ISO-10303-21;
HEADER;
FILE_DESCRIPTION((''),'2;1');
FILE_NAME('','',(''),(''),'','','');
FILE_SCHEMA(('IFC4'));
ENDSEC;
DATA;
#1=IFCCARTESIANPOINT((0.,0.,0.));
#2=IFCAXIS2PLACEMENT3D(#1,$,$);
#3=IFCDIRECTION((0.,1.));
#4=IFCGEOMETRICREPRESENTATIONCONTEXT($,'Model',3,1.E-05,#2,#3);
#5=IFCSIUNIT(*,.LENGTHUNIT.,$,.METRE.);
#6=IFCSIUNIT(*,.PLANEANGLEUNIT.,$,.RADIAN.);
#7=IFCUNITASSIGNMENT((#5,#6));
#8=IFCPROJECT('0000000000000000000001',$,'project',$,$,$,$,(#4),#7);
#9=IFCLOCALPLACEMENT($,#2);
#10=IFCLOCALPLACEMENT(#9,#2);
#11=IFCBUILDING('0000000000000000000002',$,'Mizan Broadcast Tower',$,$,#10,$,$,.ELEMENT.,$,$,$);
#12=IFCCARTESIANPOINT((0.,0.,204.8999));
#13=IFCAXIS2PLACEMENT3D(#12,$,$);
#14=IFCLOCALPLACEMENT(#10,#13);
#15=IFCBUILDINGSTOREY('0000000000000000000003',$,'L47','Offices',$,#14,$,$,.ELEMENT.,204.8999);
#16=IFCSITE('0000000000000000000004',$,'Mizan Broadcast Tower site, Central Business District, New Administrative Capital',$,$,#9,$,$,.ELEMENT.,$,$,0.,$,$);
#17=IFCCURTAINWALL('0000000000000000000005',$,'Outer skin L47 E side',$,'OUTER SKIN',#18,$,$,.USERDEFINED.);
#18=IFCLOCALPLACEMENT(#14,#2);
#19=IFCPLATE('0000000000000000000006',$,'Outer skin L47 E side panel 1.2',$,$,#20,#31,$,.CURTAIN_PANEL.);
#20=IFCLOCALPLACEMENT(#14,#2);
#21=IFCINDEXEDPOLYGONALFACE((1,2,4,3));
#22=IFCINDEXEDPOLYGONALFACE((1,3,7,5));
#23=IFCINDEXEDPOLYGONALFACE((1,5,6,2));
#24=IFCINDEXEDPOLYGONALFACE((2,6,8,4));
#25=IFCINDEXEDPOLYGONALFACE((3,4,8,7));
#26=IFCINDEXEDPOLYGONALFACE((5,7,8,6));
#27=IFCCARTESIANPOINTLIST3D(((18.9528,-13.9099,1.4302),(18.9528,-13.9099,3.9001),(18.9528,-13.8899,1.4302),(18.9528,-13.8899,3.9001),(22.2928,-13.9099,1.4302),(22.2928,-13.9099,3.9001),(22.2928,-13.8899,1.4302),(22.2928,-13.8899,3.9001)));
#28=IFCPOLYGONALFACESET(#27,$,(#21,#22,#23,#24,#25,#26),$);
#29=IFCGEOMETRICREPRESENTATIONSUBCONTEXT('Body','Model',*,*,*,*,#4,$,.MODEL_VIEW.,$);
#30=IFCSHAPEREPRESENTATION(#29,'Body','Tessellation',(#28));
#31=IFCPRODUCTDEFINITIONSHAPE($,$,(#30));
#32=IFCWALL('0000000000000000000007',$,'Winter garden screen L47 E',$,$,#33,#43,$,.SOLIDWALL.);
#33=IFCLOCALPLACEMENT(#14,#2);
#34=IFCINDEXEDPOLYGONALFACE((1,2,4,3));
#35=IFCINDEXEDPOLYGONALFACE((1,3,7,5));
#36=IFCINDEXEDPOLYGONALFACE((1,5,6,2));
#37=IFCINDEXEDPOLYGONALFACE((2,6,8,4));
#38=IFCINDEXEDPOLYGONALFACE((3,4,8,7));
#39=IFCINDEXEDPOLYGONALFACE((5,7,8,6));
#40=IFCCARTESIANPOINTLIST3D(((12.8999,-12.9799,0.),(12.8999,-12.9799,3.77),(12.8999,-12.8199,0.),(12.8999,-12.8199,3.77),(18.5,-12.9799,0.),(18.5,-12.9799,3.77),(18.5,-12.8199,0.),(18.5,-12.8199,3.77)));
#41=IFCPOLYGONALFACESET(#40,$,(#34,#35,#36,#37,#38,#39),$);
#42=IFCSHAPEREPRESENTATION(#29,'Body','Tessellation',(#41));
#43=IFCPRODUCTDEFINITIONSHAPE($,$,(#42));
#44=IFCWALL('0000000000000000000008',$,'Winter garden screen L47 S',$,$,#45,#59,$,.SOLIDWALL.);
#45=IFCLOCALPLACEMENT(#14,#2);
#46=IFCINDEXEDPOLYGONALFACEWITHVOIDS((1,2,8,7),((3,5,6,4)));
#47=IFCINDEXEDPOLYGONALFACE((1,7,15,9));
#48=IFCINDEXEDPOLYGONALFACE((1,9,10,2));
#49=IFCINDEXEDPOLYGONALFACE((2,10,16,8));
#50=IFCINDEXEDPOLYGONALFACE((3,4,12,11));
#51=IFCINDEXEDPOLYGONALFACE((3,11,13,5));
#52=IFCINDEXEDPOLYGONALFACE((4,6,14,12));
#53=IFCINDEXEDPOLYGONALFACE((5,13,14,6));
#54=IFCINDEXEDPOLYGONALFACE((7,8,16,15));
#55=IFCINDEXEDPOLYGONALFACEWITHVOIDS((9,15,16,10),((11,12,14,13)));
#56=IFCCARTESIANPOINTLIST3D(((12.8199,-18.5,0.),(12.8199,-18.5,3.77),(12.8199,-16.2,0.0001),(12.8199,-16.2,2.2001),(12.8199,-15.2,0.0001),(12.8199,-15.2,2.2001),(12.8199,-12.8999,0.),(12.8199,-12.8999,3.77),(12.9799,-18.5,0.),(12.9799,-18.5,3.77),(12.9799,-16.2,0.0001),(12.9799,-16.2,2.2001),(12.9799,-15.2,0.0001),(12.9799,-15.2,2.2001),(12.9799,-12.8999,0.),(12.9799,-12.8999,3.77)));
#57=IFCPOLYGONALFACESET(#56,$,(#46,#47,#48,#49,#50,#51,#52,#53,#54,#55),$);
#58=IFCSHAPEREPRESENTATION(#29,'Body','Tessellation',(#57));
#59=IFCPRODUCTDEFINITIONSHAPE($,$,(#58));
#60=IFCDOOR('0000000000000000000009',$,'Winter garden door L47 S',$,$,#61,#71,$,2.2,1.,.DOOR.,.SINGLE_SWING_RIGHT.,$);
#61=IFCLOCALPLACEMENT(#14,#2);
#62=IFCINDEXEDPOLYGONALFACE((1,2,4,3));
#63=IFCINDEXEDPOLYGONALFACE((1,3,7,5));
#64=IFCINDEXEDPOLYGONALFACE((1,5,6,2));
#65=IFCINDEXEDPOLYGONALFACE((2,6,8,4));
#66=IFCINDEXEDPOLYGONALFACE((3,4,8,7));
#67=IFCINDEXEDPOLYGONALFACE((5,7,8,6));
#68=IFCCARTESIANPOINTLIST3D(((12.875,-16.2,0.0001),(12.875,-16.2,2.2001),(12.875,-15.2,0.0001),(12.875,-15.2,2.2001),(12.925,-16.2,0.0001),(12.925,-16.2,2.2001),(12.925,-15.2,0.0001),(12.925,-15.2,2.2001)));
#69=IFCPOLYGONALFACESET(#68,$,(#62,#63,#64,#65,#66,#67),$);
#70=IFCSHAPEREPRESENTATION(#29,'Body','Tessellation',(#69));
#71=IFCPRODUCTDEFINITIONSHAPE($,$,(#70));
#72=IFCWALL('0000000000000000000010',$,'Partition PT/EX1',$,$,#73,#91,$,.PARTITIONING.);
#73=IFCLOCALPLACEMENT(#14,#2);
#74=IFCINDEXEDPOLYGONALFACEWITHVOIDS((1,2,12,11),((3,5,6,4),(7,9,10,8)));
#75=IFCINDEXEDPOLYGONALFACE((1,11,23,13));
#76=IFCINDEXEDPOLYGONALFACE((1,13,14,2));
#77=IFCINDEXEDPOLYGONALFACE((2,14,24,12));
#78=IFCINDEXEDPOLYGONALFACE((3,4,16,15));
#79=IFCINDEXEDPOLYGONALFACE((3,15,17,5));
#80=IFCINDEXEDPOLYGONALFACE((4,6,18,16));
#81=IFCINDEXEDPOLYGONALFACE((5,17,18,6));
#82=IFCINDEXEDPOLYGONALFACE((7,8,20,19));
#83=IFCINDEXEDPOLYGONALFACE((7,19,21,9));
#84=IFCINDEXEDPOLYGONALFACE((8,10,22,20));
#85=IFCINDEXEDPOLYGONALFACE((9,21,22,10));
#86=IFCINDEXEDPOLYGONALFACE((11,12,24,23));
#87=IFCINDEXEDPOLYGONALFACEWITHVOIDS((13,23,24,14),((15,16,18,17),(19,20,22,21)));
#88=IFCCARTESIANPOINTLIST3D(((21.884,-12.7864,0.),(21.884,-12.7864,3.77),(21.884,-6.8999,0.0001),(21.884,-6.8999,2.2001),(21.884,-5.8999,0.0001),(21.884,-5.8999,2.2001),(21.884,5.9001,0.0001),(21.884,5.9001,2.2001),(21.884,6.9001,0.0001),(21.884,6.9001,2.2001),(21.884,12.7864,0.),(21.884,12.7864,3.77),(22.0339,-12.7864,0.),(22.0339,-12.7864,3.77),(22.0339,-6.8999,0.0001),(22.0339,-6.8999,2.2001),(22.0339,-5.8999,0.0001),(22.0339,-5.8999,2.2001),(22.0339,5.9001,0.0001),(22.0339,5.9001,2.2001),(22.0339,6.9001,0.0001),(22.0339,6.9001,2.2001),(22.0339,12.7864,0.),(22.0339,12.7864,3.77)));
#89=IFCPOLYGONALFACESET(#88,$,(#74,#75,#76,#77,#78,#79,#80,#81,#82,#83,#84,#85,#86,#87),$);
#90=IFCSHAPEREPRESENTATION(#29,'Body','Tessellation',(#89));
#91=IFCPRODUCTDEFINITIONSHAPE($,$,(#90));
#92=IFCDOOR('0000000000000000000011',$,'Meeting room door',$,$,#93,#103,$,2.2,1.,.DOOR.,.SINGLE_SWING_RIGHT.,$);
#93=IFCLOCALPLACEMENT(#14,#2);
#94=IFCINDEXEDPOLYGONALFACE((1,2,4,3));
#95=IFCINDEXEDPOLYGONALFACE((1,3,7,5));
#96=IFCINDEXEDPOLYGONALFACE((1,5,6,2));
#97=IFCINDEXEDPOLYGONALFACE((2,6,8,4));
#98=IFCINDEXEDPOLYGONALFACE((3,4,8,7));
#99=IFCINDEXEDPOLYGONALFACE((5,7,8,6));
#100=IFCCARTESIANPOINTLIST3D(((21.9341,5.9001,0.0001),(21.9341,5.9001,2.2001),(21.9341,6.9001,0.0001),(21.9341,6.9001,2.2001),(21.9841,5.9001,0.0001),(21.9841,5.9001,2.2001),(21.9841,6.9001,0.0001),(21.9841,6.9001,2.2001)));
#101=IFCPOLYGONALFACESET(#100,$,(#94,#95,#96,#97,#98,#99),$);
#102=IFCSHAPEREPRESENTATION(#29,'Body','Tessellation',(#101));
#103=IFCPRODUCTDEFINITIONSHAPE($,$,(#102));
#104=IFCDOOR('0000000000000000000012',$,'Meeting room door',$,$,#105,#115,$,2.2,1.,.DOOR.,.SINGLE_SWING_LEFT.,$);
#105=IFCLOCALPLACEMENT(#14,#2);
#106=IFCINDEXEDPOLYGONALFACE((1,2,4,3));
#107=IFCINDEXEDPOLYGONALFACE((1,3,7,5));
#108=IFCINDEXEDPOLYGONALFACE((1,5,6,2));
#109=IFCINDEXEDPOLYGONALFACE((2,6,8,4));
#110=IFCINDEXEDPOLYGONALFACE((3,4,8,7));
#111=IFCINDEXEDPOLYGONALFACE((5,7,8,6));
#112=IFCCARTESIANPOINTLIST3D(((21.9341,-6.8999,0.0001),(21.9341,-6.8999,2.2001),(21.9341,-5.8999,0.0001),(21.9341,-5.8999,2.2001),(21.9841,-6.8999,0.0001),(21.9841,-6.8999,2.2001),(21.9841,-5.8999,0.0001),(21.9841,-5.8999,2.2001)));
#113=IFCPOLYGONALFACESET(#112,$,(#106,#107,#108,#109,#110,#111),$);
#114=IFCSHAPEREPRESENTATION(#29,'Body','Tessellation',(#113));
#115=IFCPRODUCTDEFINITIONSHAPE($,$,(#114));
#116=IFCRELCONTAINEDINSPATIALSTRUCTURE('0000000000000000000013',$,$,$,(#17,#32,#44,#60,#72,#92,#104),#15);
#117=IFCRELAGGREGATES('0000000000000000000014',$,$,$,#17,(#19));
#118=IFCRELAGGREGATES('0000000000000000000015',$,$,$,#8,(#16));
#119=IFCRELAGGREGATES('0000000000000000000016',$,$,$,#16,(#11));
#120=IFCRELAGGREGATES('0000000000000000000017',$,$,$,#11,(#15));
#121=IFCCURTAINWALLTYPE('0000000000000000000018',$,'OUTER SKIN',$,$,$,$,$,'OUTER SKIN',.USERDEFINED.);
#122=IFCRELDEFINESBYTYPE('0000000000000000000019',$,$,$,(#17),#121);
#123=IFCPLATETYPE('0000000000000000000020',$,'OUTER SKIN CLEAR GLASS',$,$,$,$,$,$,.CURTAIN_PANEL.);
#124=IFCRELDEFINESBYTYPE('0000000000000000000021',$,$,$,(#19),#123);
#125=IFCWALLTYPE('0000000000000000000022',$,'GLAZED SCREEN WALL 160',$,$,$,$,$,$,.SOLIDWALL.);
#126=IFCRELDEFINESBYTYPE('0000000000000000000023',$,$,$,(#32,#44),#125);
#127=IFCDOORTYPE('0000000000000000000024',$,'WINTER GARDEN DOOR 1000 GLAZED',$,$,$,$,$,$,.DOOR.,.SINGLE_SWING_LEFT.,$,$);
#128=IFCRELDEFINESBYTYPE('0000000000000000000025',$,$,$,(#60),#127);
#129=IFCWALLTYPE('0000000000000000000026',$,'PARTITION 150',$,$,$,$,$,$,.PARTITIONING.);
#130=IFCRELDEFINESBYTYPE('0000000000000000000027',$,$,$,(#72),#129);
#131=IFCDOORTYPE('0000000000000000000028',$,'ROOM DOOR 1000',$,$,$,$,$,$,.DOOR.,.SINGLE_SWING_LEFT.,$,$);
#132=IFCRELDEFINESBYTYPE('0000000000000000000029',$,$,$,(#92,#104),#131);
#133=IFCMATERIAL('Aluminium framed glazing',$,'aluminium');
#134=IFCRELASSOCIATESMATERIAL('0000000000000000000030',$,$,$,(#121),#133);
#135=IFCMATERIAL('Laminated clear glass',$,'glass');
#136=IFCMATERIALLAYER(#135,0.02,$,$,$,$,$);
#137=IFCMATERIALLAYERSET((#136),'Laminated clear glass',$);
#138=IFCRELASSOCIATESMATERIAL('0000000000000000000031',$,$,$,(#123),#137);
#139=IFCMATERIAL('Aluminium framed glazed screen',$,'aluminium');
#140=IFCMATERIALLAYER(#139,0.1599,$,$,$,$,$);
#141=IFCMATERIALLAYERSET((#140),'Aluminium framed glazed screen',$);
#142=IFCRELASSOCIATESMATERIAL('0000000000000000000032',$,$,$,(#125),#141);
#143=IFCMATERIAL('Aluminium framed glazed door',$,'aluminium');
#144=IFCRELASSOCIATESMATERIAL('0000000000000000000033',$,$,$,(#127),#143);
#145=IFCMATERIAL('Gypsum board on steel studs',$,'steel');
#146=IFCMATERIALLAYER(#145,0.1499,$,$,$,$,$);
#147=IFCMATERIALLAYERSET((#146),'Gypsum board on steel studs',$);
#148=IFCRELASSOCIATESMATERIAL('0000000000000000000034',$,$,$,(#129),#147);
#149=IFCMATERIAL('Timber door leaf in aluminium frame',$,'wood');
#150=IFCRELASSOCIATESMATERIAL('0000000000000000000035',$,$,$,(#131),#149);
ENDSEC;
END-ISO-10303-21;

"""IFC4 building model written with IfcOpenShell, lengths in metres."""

from ifc_helpers import new_model, si_unit, direction, frame, frame_2d, origin, origin_2d, place, context, subcontext, project, spatial, rectangle, extrude, material, layer, layer_set, type_object, element, fill, aggregate, save


model = new_model("IFC4")

# Units and contexts
model_context = context("Model", 3, precision=1e-05, world=origin(), true_north=direction((0.0, 1.0)))
body_context = subcontext(model_context, "Body", "Model", "MODEL_VIEW")
ifc_project = project(units=[si_unit("LENGTHUNIT", "METRE"), si_unit("PLANEANGLEUNIT", "RADIAN")], contexts=[model_context])

# Site, building, storey
site_placement = place(None, origin())
site = spatial("IfcSite", under=ifc_project, at=site_placement, Name="Mizan Broadcast Tower site, Central Business District, New Administrative Capital", CompositionType="ELEMENT", RefElevation=0.0)
building_placement = place(site_placement, origin())
building = spatial("IfcBuilding", under=site, at=building_placement, Name="Mizan Broadcast Tower", CompositionType="ELEMENT")
storey_placement = place(building_placement, frame((0.0, 0.0, 204.8999)))
storey = spatial("IfcBuildingStorey", under=building, at=storey_placement, Name="L47", Description="Offices", CompositionType="ELEMENT", Elevation=204.8999)

# Curtain wall
ifc_material_1 = material(Name="Aluminium framed glazing", Category="aluminium")
curtain_wall_type_1 = type_object("IfcCurtainWallType", Name="OUTER SKIN", ElementType="OUTER SKIN", PredefinedType="USERDEFINED", material=ifc_material_1)
curtain_wall_1_placement = place(storey_placement, origin())
curtain_wall_1 = element("IfcCurtainWall", 1, at=curtain_wall_1_placement, inside=storey, type_object=curtain_wall_type_1, Name="Outer skin L47 E side", ObjectType="OUTER SKIN", PredefinedType="USERDEFINED")

# Plate
ifc_material_2 = material(Name="Laminated clear glass", Category="glass")
ifc_layer_1 = layer(ifc_material_2, 0.02)
ifc_layer_set_1 = layer_set([ifc_layer_1], Name="Laminated clear glass")
plate_type_1 = type_object("IfcPlateType", Name="OUTER SKIN CLEAR GLASS", PredefinedType="CURTAIN_PANEL", material=ifc_layer_set_1)
plate_1_placement = place(storey_placement, frame((20.6228, -13.8999, 1.4302), z_axis=(0.0, 0.0, 1.0), x_axis=(1.0, 0.0, 0.0)))
plate_1 = element("IfcPlate", 2, at=plate_1_placement, type_object=plate_type_1, Name="Outer skin L47 E side panel 1.2", PredefinedType="CURTAIN_PANEL", context=body_context, shape_type="SweptSolid", body=[
    extrude(rectangle(XDim=3.3401, YDim=0.02, at=origin_2d()), origin(), (0.0, 0.0, 1.0), 2.47),
])
aggregate(curtain_wall_1, [plate_1])

# Wall
ifc_material_3 = material(Name="Aluminium framed glazed screen", Category="aluminium")
ifc_layer_2 = layer(ifc_material_3, 0.1599)
ifc_layer_set_2 = layer_set([ifc_layer_2], Name="Aluminium framed glazed screen")
wall_type_1 = type_object("IfcWallType", Name="GLAZED SCREEN WALL 160", PredefinedType="SOLIDWALL", material=ifc_layer_set_2)
wall_1_placement = place(storey_placement, frame((12.8999, -12.8999, 0.0), z_axis=(0.0, 0.0, 1.0), x_axis=(1.0, 0.0, 0.0)))
element("IfcWall", 3, at=wall_1_placement, inside=storey, type_object=wall_type_1, Name="Winter garden screen L47 E", PredefinedType="SOLIDWALL", context=body_context, shape_type="SweptSolid", body=[
    extrude(rectangle(XDim=5.6001, YDim=0.1599, at=frame_2d((2.8, 0.0))), origin(), (0.0, 0.0, 1.0), 3.77),
])

# Wall, opening, door
wall_2_placement = place(storey_placement, frame((12.8999, -18.5, 0.0), z_axis=(0.0, 0.0, 1.0), x_axis=(0.0, 1.0, 0.0)))
wall_2 = element("IfcWall", 4, at=wall_2_placement, inside=storey, type_object=wall_type_1, Name="Winter garden screen L47 S", PredefinedType="SOLIDWALL", context=body_context, shape_type="SweptSolid", body=[
    extrude(rectangle(XDim=5.6001, YDim=0.1599, at=frame_2d((2.8, 0.0))), origin(), (0.0, 0.0, 1.0), 3.77),
])
opening_1_placement = place(wall_2_placement, frame((2.3, 0.0, 0.0)))
opening_1 = element("IfcOpeningElement", 5, at=opening_1_placement, cuts=wall_2, PredefinedType="OPENING", context=body_context, shape_type="SweptSolid", body=[
    extrude(rectangle(XDim=1.0, YDim=2.2, at=frame_2d((0.5, 1.1001))), frame((0.0, 0.0898, 0.0), z_axis=(0.0, -1.0, 0.0), x_axis=(1.0, 0.0, 0.0)), (0.0, 0.0, 1.0), 0.1799),
])
ifc_material_4 = material(Name="Aluminium framed glazed door", Category="aluminium")
door_type_1 = type_object("IfcDoorType", Name="WINTER GARDEN DOOR 1000 GLAZED", OperationType="SINGLE_SWING_LEFT", PredefinedType="DOOR", material=ifc_material_4)
door_1_placement = place(opening_1_placement, origin())
door_1 = element("IfcDoor", 6, at=door_1_placement, inside=storey, type_object=door_type_1, Name="Winter garden door L47 S", OperationType="SINGLE_SWING_RIGHT", OverallHeight=2.2, OverallWidth=1.0, PredefinedType="DOOR", context=body_context, shape_type="SweptSolid", body=[
    extrude(rectangle(XDim=1.0, YDim=2.2, at=frame_2d((0.5, 1.1001))), frame((0.0, 0.0249, 0.0), z_axis=(0.0, -1.0, 0.0), x_axis=(1.0, 0.0, 0.0)), (0.0, 0.0, 1.0), 0.05),
])
fill(opening_1, door_1)

# Wall, openings, doors
ifc_material_5 = material(Name="Gypsum board on steel studs", Category="steel")
ifc_layer_3 = layer(ifc_material_5, 0.1499)
ifc_layer_set_3 = layer_set([ifc_layer_3], Name="Gypsum board on steel studs")
wall_type_2 = type_object("IfcWallType", Name="PARTITION 150", PredefinedType="PARTITIONING", material=ifc_layer_set_3)
wall_3_placement = place(storey_placement, frame((21.959, -12.7864, 0.0), z_axis=(0.0, 0.0, 1.0), x_axis=(0.0, 1.0, 0.0)))
wall_3 = element("IfcWall", 7, at=wall_3_placement, inside=storey, type_object=wall_type_2, Name="Partition PT/EX1", PredefinedType="PARTITIONING", context=body_context, shape_type="SweptSolid", body=[
    extrude(rectangle(XDim=25.5728, YDim=0.1499, at=frame_2d((12.7864, 0.0))), origin(), (0.0, 0.0, 1.0), 3.77),
])
opening_2_placement = place(wall_3_placement, frame((18.6865, 0.0, 0.0)))
opening_2 = element("IfcOpeningElement", 8, at=opening_2_placement, cuts=wall_3, PredefinedType="OPENING", context=body_context, shape_type="SweptSolid", body=[
    extrude(rectangle(XDim=1.0, YDim=2.2, at=frame_2d((0.5, 1.1001))), frame((0.0, 0.085, 0.0), z_axis=(0.0, -1.0, 0.0), x_axis=(1.0, 0.0, 0.0)), (0.0, 0.0, 1.0), 0.1699),
])
opening_3_placement = place(wall_3_placement, frame((5.8865, 0.0, 0.0)))
opening_3 = element("IfcOpeningElement", 9, at=opening_3_placement, cuts=wall_3, PredefinedType="OPENING", context=body_context, shape_type="SweptSolid", body=[
    extrude(rectangle(XDim=1.0, YDim=2.2, at=frame_2d((0.5, 1.1001))), frame((0.0, 0.085, 0.0), z_axis=(0.0, -1.0, 0.0), x_axis=(1.0, 0.0, 0.0)), (0.0, 0.0, 1.0), 0.1699),
])
ifc_material_6 = material(Name="Timber door leaf in aluminium frame", Category="wood")
door_type_2 = type_object("IfcDoorType", Name="ROOM DOOR 1000", OperationType="SINGLE_SWING_LEFT", PredefinedType="DOOR", material=ifc_material_6)
door_2_placement = place(opening_2_placement, origin())
door_2 = element("IfcDoor", 10, at=door_2_placement, inside=storey, type_object=door_type_2, Name="Meeting room door", OperationType="SINGLE_SWING_RIGHT", OverallHeight=2.2, OverallWidth=1.0, PredefinedType="DOOR", context=body_context, shape_type="SweptSolid", body=[
    extrude(rectangle(XDim=1.0, YDim=2.2, at=frame_2d((0.5, 1.1001))), frame((0.0, 0.0249, 0.0), z_axis=(0.0, -1.0, 0.0), x_axis=(1.0, 0.0, 0.0)), (0.0, 0.0, 1.0), 0.05),
])
fill(opening_2, door_2)
door_3_placement = place(opening_3_placement, origin())
door_3 = element("IfcDoor", 11, at=door_3_placement, inside=storey, type_object=door_type_2, Name="Meeting room door", OperationType="SINGLE_SWING_LEFT", OverallHeight=2.2, OverallWidth=1.0, PredefinedType="DOOR", context=body_context, shape_type="SweptSolid", body=[
    extrude(rectangle(XDim=1.0, YDim=2.2, at=frame_2d((0.5, 1.1001))), frame((0.0, 0.0249, 0.0), z_axis=(0.0, -1.0, 0.0), x_axis=(1.0, 0.0, 0.0)), (0.0, 0.0, 1.0), 0.05),
])
fill(opening_3, door_3)

save(model, "model.ifc")
